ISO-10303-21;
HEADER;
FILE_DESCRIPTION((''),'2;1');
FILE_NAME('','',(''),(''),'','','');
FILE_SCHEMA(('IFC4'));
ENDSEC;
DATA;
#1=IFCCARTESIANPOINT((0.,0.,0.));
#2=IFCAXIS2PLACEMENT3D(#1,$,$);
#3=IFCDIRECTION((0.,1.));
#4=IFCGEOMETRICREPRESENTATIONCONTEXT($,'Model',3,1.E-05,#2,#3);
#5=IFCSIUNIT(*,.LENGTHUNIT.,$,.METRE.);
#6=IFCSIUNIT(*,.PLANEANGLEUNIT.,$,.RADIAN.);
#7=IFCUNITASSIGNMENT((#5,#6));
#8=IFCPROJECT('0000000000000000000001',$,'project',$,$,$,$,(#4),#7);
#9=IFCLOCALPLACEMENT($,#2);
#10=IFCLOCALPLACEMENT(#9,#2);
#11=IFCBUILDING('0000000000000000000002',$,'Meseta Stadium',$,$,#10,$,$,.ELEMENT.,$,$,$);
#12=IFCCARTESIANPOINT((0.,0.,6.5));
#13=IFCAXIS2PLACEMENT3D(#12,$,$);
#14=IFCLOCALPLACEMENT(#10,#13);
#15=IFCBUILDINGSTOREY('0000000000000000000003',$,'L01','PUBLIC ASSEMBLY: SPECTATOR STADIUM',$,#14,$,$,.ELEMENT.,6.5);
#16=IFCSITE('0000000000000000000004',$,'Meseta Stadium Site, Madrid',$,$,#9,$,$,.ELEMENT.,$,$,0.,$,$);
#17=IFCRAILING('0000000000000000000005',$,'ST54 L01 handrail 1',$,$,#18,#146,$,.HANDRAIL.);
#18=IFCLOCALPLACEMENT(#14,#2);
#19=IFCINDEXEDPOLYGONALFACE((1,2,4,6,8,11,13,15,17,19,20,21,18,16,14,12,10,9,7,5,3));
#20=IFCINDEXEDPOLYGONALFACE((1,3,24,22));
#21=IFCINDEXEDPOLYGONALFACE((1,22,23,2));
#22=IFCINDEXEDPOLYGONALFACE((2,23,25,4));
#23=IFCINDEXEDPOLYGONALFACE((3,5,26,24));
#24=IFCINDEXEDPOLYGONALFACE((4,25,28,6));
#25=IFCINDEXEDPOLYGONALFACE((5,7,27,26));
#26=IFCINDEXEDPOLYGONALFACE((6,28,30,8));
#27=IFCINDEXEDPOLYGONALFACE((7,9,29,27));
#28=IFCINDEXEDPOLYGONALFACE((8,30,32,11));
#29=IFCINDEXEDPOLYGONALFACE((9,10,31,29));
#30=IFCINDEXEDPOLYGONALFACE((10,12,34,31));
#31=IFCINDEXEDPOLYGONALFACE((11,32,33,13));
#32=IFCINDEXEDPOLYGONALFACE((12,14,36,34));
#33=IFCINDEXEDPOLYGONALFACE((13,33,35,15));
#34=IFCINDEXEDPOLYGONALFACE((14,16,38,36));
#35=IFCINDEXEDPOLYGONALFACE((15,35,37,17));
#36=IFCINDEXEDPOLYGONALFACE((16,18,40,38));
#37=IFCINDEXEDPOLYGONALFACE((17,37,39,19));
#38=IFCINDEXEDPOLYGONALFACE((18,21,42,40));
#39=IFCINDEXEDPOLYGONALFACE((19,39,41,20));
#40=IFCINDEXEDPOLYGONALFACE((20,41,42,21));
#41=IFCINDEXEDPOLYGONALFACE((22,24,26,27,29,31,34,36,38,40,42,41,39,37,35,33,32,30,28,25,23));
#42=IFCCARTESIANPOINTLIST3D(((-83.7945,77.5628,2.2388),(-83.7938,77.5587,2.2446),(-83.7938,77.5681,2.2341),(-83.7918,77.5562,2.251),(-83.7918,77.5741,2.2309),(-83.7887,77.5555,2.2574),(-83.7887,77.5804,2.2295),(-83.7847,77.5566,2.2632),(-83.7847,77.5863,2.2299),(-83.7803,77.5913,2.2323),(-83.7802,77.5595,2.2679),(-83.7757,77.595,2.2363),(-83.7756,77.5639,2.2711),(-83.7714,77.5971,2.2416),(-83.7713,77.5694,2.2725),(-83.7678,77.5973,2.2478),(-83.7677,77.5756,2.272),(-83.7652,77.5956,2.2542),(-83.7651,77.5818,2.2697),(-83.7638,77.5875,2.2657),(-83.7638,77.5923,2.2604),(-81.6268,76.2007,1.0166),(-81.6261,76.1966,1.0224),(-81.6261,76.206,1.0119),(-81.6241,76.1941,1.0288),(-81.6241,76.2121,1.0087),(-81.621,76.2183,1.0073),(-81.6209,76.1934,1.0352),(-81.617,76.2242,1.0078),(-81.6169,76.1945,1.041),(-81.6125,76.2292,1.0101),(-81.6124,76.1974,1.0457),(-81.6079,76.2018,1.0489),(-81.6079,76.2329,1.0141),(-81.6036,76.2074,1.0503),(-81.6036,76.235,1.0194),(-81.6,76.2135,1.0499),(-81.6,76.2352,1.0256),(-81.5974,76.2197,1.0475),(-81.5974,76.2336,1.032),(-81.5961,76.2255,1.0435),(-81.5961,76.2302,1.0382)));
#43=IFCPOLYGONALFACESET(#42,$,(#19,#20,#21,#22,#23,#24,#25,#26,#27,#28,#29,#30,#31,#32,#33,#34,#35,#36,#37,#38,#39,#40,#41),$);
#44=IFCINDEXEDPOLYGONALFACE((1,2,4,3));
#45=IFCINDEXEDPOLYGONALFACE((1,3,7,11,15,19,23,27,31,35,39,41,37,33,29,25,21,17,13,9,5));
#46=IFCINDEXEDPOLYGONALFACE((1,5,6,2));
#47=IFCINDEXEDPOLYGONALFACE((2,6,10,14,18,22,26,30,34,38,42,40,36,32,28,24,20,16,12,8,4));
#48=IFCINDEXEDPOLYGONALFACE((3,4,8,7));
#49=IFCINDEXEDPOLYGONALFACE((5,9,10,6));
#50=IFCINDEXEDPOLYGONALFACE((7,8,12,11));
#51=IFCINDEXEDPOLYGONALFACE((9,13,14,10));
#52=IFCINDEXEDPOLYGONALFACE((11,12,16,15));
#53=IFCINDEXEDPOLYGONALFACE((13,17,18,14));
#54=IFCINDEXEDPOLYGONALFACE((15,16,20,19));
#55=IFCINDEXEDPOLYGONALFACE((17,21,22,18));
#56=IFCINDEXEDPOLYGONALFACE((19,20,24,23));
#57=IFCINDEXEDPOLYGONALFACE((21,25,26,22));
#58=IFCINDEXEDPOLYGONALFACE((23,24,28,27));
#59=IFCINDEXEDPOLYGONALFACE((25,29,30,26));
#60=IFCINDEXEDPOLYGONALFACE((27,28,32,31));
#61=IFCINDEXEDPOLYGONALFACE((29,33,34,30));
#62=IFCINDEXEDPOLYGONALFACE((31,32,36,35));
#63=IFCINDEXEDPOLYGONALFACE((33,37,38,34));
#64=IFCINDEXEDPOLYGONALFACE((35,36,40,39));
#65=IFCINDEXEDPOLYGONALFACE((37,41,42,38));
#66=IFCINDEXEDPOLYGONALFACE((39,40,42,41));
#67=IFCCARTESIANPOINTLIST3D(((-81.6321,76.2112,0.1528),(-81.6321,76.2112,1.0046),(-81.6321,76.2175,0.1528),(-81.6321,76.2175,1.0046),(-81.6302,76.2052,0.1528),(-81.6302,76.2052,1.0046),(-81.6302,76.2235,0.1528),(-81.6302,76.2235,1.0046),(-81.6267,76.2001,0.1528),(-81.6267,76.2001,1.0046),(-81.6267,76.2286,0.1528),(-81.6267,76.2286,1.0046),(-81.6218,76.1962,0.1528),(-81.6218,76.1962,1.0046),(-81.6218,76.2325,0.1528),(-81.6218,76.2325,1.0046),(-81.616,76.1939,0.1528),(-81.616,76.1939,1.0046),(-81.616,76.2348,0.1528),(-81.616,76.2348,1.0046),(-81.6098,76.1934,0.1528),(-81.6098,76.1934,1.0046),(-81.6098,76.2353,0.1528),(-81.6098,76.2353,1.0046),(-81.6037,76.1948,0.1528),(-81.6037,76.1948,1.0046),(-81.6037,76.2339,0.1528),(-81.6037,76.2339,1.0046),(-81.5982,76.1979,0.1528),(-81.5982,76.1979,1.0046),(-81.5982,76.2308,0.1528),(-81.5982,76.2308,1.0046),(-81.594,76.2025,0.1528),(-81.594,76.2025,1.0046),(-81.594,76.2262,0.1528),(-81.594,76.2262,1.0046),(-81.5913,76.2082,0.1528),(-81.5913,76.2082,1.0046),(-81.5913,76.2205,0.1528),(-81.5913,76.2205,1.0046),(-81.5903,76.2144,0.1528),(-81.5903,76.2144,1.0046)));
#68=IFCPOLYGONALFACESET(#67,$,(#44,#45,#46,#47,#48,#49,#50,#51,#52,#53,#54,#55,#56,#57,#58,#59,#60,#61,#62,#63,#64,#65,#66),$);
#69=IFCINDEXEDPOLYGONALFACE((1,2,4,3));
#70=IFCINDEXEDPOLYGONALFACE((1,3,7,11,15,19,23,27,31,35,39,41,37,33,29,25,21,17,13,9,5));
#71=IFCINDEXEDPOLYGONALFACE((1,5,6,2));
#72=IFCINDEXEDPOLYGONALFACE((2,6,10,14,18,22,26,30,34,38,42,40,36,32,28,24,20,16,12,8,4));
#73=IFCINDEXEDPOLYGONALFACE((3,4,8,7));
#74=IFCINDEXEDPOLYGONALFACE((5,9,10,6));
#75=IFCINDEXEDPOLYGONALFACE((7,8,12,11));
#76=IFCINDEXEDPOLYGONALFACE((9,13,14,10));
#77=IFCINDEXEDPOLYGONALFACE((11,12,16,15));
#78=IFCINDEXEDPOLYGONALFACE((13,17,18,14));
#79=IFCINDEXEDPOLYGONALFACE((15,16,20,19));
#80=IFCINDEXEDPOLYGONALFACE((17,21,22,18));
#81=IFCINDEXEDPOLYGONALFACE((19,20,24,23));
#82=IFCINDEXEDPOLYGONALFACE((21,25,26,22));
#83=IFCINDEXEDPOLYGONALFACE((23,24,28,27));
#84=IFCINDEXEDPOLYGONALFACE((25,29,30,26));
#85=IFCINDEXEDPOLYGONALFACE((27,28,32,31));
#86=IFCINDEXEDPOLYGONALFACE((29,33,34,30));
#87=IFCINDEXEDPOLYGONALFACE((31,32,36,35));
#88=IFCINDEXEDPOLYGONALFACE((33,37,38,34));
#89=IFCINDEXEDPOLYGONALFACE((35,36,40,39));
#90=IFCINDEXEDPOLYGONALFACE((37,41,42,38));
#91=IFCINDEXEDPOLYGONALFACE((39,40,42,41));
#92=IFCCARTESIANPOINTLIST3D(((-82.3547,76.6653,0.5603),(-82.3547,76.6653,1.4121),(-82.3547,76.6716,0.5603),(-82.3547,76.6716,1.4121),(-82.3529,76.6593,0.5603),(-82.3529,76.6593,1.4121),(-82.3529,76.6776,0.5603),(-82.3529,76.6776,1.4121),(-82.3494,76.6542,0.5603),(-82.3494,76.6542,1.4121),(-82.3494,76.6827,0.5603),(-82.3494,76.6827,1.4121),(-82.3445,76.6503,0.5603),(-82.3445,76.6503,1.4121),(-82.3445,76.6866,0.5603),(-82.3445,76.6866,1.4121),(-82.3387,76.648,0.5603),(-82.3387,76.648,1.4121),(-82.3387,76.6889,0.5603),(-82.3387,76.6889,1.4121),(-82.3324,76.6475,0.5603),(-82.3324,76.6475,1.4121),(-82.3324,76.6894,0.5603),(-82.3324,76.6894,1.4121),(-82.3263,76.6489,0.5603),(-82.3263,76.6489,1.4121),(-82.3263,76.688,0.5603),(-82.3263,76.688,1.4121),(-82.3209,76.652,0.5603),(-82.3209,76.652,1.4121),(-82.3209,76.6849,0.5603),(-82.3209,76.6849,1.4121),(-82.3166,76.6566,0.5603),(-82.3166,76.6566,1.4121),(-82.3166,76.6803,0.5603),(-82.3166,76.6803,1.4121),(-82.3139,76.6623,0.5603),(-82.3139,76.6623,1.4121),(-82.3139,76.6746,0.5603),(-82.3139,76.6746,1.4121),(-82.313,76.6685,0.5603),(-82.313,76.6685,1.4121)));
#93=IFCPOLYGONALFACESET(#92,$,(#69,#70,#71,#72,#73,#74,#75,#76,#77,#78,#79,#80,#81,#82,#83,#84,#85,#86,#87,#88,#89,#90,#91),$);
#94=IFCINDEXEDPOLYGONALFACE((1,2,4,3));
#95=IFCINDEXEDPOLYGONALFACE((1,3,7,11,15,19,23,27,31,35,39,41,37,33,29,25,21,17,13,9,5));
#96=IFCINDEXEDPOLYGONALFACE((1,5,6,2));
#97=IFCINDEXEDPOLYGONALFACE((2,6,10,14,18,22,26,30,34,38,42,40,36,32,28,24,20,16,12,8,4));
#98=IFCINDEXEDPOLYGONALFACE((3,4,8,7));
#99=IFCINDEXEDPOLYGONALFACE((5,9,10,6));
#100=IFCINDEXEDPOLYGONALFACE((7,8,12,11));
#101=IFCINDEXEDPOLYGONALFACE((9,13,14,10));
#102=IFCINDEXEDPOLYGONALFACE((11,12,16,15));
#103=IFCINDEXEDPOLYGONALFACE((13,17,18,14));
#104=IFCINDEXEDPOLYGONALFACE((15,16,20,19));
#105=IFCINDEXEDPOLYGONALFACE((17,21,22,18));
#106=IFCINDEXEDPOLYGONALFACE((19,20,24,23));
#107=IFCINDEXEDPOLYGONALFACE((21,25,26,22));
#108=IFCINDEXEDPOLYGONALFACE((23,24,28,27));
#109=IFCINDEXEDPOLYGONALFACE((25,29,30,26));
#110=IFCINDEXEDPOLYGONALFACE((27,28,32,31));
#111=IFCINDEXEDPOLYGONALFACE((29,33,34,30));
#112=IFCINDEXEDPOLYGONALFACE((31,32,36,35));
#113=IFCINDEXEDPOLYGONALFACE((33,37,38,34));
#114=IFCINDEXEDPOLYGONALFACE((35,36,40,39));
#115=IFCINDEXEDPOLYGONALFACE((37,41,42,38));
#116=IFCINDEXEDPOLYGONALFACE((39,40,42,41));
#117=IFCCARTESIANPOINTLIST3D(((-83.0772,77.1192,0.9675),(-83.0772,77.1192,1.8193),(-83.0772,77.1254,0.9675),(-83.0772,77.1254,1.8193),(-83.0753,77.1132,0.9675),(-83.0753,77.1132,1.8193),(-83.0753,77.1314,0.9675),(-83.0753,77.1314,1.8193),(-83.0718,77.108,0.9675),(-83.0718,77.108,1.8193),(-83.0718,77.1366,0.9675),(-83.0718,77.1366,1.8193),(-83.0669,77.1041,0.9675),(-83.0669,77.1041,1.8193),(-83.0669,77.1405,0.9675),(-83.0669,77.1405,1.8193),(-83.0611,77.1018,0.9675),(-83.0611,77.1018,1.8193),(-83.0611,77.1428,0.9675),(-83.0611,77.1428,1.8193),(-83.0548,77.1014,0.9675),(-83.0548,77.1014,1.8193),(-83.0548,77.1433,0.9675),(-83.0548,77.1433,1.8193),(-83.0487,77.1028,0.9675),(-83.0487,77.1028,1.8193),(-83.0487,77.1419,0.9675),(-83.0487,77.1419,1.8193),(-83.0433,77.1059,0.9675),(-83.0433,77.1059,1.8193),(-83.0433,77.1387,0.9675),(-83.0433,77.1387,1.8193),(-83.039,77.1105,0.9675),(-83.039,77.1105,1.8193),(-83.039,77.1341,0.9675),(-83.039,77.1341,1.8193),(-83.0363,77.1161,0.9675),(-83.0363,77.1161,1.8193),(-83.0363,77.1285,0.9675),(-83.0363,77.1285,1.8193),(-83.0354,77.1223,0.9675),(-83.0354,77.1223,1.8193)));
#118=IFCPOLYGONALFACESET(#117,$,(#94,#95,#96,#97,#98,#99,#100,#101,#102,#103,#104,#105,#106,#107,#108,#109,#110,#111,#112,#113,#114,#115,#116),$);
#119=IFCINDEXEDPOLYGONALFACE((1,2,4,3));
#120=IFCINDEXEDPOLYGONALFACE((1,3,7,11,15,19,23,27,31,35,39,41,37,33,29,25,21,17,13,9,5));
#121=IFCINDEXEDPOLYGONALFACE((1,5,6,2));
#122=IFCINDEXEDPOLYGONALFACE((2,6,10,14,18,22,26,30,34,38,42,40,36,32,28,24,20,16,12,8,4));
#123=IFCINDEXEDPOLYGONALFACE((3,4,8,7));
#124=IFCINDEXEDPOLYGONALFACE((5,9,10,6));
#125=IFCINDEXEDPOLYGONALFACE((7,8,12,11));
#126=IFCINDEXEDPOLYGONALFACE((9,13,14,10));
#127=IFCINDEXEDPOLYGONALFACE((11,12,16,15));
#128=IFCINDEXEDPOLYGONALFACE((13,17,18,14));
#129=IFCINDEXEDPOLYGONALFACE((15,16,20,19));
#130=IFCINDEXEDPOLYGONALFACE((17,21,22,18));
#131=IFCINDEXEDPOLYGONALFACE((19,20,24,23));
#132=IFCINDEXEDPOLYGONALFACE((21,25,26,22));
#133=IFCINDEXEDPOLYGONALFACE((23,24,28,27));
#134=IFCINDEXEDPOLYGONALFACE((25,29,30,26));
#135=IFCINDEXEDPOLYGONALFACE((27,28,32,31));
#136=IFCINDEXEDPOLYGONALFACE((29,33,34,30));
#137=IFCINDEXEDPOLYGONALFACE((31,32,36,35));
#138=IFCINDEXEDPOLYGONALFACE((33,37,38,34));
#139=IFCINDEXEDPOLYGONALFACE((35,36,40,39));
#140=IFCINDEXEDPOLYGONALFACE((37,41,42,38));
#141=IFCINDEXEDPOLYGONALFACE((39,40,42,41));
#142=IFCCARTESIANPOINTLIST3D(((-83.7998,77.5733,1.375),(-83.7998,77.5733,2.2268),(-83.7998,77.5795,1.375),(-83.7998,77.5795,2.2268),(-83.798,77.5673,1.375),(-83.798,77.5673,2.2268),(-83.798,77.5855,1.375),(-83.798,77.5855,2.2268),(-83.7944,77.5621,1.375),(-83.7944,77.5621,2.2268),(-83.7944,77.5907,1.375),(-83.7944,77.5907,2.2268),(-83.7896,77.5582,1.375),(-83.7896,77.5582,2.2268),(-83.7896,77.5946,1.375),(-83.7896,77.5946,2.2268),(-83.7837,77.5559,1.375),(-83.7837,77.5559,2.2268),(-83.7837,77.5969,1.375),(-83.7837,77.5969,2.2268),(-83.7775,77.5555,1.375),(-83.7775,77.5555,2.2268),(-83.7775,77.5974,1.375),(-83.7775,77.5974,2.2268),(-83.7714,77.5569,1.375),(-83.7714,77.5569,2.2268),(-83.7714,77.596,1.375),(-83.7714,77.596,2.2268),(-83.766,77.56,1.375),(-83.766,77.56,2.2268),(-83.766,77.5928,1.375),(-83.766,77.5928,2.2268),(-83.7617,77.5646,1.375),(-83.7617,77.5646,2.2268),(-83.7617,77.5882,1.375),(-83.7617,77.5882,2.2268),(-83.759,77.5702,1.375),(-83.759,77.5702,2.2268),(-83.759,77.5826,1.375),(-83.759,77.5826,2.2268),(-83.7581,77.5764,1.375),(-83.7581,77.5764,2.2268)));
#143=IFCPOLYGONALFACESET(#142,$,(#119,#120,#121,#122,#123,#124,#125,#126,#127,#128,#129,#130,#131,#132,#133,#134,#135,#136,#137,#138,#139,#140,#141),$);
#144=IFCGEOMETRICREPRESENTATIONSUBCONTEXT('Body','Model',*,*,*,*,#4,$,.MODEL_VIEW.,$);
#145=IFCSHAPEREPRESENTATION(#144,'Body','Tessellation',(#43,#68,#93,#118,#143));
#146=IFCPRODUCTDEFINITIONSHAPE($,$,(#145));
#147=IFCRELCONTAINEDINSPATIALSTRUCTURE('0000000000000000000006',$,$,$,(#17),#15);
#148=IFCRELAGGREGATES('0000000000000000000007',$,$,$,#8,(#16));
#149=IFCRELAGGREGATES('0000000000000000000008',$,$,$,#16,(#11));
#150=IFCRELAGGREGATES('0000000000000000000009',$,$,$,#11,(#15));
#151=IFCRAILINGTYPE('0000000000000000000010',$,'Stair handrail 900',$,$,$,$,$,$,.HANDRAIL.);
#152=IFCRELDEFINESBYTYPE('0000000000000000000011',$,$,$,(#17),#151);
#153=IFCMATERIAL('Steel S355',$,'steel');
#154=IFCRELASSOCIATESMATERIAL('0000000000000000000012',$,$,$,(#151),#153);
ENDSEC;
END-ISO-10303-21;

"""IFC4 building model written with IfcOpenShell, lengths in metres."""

from ifc_helpers import new_model, si_unit, direction, frame, origin, origin_2d, place, context, subcontext, project, spatial, circle, extrude, material, type_object, element, save


model = new_model("IFC4")

# Units and contexts
model_context = context("Model", 3, precision=1e-05, world=origin(), true_north=direction((0.0, 1.0)))
body_context = subcontext(model_context, "Body", "Model", "MODEL_VIEW")
ifc_project = project(units=[si_unit("LENGTHUNIT", "METRE"), si_unit("PLANEANGLEUNIT", "RADIAN")], contexts=[model_context])

# Site, building, storey
site_placement = place(None, origin())
site = spatial("IfcSite", under=ifc_project, at=site_placement, Name="Meseta Stadium Site, Madrid", CompositionType="ELEMENT", RefElevation=0.0)
building_placement = place(site_placement, origin())
building = spatial("IfcBuilding", under=site, at=building_placement, Name="Meseta Stadium", CompositionType="ELEMENT")
storey_placement = place(building_placement, frame((0.0, 0.0, 6.5)))
storey = spatial("IfcBuildingStorey", under=building, at=storey_placement, Name="L01", Description="PUBLIC ASSEMBLY: SPECTATOR STADIUM", CompositionType="ELEMENT", Elevation=6.5)

# Railing
ifc_material_1 = material(Name="Steel S355", Category="steel")
railing_type_1 = type_object("IfcRailingType", Name="Stair handrail 900", PredefinedType="HANDRAIL", material=ifc_material_1)
railing_1_placement = place(storey_placement, frame((-81.6113, 76.2144, 0.1528)))
element("IfcRailing", 1, at=railing_1_placement, inside=storey, type_object=railing_type_1, Name="ST54 L01 handrail 1", PredefinedType="HANDRAIL", context=body_context, shape_type="SweptSolid", body=[
    extrude(circle(Radius=0.0239, at=origin_2d()), frame((0.0, 0.0, 0.876), z_axis=(-0.764121, 0.480125, 0.430813), x_axis=(-0.532029, -0.846726, 0.0)), (0.0, 0.0, 1.0), 2.8369),
    extrude(circle(Radius=0.021, at=origin_2d()), origin(), (0.0, 0.0, 1.0), 0.8518),
    extrude(circle(Radius=0.021, at=origin_2d()), frame((-0.7227, 0.4541, 0.4075)), (0.0, 0.0, 1.0), 0.8518),
    extrude(circle(Radius=0.021, at=origin_2d()), frame((-1.4451, 0.908, 0.8147)), (0.0, 0.0, 1.0), 0.8518),
    extrude(circle(Radius=0.021, at=origin_2d()), frame((-2.1677, 1.3621, 1.2222)), (0.0, 0.0, 1.0), 0.8518),
])

save(model, "model.ifc")
